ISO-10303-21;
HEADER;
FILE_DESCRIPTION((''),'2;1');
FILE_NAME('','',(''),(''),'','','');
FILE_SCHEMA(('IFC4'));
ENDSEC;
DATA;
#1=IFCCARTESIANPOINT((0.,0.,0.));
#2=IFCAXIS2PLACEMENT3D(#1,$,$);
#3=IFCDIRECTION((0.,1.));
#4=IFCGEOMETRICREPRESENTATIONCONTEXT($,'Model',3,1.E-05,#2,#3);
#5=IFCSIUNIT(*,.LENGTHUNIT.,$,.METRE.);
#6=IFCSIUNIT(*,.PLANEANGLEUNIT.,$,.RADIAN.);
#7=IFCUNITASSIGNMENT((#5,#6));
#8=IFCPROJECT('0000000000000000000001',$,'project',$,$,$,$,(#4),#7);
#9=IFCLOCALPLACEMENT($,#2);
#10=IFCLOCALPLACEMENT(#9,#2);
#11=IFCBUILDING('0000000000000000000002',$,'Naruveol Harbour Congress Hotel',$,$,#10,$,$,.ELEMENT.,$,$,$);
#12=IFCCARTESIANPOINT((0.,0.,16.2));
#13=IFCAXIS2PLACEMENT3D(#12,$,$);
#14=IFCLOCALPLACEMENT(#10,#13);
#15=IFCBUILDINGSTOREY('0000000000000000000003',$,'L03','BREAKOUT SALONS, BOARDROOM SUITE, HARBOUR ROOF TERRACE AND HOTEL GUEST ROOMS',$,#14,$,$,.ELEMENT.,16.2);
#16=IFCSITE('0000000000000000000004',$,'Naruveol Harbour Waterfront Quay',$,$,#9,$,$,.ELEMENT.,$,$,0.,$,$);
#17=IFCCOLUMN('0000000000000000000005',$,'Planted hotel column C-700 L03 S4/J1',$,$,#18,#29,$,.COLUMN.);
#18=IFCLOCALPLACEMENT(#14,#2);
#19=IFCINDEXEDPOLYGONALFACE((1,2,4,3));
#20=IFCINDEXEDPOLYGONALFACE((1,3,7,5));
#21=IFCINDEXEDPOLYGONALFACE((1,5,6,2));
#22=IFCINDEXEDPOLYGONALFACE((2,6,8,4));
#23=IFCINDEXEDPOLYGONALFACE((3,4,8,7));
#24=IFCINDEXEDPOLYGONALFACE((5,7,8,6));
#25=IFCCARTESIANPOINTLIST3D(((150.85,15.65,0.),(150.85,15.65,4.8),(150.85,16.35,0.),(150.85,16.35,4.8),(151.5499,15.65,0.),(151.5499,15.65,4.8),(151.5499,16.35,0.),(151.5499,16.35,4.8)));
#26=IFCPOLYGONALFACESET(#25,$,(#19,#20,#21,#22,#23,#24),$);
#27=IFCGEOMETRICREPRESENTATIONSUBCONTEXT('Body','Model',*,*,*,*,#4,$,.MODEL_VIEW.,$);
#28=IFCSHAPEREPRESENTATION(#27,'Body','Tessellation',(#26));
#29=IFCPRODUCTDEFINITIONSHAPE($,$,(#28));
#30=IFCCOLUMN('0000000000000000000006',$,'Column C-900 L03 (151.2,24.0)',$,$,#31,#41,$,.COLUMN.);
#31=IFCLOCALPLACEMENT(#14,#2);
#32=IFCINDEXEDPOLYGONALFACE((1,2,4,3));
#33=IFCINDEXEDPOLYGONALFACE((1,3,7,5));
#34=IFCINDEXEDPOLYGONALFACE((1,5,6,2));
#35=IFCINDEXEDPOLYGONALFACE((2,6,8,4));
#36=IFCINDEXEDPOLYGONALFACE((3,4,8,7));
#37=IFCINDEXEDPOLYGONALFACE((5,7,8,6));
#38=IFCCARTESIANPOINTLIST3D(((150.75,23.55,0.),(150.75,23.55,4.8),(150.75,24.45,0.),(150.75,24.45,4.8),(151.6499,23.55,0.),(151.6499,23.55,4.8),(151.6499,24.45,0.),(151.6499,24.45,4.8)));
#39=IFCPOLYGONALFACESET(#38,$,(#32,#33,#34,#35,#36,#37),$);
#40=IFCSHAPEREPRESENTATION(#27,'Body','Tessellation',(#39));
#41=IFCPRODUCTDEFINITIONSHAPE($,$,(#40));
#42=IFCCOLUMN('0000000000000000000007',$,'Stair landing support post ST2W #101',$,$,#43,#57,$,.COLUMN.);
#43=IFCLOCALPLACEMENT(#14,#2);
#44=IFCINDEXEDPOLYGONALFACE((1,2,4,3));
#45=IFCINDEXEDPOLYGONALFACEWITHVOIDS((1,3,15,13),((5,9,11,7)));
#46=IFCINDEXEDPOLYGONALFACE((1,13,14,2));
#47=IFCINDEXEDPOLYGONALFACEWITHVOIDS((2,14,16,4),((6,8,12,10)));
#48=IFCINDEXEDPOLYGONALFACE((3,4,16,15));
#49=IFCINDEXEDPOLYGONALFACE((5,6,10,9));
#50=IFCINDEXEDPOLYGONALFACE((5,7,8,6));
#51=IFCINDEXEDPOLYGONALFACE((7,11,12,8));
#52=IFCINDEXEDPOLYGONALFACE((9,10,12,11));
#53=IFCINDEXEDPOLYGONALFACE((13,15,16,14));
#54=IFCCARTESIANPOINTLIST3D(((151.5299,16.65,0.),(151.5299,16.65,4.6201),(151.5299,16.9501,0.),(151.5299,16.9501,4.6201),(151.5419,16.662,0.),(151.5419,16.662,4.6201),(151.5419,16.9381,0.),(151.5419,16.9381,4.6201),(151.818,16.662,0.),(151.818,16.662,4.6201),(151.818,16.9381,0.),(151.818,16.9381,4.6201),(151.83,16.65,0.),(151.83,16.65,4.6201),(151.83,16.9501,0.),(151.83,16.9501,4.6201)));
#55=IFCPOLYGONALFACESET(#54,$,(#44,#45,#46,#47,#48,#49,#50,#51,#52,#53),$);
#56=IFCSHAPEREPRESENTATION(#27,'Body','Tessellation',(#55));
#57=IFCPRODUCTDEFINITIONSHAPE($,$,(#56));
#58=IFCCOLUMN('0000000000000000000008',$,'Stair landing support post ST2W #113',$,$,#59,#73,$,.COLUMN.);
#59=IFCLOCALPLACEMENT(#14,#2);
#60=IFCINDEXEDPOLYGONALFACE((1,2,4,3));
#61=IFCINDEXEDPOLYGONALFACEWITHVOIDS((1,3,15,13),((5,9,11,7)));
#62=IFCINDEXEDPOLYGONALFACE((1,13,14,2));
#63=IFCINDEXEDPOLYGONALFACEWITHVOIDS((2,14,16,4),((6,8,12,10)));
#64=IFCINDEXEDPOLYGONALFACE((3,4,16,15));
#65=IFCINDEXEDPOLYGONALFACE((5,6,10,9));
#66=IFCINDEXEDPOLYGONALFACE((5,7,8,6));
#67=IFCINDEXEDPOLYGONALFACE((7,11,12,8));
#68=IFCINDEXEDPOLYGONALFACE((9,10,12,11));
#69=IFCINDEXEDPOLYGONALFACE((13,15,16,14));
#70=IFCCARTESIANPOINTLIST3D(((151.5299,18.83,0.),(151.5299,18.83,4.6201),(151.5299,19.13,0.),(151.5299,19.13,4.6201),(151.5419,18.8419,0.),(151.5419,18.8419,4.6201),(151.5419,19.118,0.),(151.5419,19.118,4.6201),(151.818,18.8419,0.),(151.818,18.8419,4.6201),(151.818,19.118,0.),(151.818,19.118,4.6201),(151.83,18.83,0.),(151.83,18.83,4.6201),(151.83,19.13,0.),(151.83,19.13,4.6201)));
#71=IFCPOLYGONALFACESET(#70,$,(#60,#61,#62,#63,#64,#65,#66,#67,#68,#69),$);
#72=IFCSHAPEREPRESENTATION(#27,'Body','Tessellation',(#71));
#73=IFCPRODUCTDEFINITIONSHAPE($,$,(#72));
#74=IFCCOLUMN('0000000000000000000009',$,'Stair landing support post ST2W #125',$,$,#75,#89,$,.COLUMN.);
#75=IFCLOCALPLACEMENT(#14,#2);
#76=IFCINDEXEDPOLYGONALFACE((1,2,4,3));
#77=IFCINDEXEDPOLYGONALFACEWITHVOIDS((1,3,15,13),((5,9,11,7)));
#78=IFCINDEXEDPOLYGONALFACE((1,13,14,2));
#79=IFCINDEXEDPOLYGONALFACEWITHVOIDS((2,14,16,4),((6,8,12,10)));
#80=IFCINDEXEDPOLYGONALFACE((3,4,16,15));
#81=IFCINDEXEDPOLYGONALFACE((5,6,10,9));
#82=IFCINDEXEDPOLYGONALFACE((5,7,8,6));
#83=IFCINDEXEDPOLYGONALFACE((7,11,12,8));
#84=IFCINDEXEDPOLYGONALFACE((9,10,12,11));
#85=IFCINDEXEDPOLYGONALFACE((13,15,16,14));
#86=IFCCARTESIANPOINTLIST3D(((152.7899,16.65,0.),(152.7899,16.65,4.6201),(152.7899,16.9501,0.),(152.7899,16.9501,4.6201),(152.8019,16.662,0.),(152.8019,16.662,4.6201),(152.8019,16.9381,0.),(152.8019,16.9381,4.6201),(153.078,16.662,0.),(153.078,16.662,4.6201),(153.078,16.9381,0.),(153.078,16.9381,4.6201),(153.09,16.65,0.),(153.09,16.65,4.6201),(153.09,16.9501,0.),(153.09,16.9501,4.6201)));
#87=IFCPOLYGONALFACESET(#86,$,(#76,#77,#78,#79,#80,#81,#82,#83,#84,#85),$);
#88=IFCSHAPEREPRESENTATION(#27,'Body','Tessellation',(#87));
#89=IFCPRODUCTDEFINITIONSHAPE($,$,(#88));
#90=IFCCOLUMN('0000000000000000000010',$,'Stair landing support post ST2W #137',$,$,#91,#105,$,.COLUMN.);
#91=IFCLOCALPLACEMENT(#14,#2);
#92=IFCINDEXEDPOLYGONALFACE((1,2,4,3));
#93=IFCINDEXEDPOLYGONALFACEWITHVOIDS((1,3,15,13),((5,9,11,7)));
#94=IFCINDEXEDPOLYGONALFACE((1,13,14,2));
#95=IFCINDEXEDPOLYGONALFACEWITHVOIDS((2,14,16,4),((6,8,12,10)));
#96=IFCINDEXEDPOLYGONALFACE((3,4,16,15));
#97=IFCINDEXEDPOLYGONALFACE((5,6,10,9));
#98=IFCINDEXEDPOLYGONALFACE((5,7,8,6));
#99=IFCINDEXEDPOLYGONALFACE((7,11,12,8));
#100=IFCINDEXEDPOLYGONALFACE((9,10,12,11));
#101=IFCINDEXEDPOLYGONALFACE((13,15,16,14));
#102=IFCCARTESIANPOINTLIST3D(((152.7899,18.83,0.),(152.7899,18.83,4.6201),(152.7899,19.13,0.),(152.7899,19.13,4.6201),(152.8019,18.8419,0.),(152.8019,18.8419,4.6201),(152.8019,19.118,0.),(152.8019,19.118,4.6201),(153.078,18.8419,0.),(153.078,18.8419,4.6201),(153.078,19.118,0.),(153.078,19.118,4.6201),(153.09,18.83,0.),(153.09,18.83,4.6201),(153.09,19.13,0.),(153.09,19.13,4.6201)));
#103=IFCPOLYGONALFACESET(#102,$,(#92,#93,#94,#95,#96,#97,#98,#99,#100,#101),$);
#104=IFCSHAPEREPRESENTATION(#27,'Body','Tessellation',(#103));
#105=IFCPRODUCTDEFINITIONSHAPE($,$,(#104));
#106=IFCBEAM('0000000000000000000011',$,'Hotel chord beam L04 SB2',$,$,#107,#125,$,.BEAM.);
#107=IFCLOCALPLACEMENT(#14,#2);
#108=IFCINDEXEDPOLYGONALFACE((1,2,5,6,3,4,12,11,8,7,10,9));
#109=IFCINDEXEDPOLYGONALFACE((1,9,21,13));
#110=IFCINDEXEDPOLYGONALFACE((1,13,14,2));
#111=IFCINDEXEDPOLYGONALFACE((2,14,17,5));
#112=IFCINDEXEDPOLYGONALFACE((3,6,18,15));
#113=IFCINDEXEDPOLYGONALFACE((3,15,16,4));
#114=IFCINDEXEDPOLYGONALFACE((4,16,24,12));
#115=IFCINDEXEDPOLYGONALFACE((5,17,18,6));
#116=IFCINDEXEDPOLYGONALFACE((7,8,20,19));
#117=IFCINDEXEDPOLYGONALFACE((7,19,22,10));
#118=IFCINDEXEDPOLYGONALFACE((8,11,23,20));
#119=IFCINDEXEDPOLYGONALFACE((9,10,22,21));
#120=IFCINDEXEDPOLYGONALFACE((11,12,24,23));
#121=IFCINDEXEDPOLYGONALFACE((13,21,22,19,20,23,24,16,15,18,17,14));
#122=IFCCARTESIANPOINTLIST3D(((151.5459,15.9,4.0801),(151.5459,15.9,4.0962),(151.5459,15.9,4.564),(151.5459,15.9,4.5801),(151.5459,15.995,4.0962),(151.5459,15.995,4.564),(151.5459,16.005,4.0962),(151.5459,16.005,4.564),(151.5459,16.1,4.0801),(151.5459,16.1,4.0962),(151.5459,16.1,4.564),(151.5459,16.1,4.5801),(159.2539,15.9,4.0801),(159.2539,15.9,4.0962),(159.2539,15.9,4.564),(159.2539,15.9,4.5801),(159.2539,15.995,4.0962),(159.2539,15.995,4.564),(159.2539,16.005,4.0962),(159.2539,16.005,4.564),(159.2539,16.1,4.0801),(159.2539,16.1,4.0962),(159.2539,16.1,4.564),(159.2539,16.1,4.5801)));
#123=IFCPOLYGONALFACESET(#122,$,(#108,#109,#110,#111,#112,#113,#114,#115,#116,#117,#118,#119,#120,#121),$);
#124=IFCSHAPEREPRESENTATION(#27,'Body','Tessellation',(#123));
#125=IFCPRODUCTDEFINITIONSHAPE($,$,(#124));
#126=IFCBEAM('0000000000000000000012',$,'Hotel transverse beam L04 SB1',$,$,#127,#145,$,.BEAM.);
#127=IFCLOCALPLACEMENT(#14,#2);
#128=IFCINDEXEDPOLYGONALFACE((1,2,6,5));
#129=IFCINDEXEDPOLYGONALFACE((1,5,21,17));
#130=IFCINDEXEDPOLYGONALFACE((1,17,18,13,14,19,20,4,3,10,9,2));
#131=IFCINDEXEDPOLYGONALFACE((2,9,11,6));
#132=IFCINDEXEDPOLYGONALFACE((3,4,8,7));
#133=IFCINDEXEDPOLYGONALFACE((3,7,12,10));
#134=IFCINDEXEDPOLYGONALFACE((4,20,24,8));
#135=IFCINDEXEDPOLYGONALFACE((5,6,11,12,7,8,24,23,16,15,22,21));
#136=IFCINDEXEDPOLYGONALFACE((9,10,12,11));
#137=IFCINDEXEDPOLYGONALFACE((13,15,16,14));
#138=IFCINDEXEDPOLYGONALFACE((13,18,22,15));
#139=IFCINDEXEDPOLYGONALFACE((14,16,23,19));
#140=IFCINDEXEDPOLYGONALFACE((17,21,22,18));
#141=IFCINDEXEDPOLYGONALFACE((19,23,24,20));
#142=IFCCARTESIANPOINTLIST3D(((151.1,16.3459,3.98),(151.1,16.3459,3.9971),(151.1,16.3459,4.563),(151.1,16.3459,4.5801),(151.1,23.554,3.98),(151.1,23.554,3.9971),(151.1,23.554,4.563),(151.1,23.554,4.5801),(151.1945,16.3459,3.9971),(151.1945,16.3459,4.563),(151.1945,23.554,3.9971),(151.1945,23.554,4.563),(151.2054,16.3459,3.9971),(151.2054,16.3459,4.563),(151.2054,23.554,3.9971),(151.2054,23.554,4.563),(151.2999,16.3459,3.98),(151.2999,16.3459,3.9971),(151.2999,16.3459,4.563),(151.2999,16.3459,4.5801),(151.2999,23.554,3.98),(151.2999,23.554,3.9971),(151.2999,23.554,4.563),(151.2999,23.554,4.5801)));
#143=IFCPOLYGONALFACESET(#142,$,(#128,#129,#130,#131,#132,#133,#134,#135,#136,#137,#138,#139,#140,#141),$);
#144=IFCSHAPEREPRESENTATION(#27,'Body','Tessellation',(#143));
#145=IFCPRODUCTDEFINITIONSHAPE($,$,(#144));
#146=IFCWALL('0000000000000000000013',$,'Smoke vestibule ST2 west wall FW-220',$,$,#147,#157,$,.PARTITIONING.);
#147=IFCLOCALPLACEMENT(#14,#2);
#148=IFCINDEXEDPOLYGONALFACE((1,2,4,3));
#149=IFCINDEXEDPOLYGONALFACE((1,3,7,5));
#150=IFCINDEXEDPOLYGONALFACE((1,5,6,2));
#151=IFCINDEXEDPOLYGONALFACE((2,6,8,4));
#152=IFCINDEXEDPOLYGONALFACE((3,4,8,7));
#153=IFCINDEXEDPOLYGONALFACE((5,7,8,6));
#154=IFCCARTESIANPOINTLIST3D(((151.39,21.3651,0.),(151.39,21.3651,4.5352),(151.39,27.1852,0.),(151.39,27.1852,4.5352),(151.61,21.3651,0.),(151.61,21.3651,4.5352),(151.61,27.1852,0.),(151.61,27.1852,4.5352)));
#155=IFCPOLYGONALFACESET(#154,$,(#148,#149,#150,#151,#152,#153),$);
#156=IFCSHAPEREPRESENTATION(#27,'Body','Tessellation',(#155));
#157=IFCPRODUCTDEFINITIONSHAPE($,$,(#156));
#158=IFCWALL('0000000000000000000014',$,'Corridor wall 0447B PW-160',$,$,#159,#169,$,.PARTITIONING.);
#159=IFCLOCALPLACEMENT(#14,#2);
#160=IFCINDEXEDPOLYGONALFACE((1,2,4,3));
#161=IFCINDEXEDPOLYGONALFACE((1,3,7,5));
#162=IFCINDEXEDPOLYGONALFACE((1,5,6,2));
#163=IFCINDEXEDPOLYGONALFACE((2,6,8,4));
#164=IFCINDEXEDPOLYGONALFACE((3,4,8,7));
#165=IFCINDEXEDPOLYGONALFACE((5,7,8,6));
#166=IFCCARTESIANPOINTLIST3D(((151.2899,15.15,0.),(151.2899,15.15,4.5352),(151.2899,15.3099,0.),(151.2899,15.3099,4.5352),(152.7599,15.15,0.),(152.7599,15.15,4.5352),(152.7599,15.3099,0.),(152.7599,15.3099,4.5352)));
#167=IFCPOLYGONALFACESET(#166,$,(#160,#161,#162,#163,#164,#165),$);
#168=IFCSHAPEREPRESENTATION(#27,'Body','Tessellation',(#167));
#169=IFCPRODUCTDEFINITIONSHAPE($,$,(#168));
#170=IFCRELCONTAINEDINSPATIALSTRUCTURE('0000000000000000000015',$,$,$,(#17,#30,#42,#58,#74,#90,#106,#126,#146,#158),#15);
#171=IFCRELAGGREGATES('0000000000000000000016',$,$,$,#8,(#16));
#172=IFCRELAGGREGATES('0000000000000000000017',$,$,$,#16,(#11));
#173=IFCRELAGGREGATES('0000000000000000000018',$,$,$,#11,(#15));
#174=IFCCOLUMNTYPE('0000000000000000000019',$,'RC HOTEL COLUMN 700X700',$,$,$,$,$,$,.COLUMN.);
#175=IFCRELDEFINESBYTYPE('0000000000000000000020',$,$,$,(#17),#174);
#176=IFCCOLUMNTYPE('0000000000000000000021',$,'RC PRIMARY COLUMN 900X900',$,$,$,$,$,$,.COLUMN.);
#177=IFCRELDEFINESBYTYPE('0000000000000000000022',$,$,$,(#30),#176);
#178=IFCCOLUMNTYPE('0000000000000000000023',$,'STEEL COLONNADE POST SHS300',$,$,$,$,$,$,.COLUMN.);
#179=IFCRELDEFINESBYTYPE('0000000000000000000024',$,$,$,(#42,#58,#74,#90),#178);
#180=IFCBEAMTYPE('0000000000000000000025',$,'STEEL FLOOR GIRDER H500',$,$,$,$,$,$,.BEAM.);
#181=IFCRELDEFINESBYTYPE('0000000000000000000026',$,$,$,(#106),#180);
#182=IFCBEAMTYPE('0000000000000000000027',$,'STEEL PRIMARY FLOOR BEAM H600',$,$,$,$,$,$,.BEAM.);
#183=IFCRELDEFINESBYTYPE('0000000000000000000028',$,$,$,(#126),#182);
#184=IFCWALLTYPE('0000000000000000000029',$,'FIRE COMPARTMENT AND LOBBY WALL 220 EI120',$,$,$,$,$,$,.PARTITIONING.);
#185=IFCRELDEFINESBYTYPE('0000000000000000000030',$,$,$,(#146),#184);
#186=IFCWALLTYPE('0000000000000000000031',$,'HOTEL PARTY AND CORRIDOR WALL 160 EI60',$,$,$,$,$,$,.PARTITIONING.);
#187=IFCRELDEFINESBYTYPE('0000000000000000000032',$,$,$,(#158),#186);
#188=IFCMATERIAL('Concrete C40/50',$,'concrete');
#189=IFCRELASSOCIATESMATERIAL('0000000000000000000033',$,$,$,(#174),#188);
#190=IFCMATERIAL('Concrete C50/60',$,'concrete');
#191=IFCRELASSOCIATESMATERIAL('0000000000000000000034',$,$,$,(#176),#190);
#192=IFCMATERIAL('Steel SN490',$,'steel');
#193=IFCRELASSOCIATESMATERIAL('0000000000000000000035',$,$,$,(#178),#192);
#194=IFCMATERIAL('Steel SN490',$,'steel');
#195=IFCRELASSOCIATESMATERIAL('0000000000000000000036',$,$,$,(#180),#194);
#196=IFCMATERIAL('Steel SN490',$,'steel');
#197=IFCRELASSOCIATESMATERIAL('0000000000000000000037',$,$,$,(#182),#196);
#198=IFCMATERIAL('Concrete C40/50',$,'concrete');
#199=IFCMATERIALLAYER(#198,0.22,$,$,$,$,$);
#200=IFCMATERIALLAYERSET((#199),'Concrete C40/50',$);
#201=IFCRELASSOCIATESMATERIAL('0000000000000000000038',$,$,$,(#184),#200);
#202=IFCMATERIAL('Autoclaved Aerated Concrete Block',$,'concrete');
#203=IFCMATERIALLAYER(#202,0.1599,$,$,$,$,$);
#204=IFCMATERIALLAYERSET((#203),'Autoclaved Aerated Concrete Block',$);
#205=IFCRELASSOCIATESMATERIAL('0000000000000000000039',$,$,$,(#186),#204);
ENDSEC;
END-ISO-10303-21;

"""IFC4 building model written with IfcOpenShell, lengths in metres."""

from ifc_helpers import new_model, si_unit, direction, frame, frame_2d, origin, origin_2d, place, context, subcontext, project, spatial, rectangle, hollow_rectangle, i_section, extrude, material, layer, layer_set, material_profile, profile_set, type_object, element, save


model = new_model("IFC4")

# Units and contexts
model_context = context("Model", 3, precision=1e-05, world=origin(), true_north=direction((0.0, 1.0)))
body_context = subcontext(model_context, "Body", "Model", "MODEL_VIEW")
ifc_project = project(units=[si_unit("LENGTHUNIT", "METRE"), si_unit("PLANEANGLEUNIT", "RADIAN")], contexts=[model_context])

# Site, building, storey
site_placement = place(None, origin())
site = spatial("IfcSite", under=ifc_project, at=site_placement, Name="Naruveol Harbour Waterfront Quay", CompositionType="ELEMENT", RefElevation=0.0)
building_placement = place(site_placement, origin())
building = spatial("IfcBuilding", under=site, at=building_placement, Name="Naruveol Harbour Congress Hotel", CompositionType="ELEMENT")
storey_placement = place(building_placement, frame((0.0, 0.0, 16.2)))
storey = spatial("IfcBuildingStorey", under=building, at=storey_placement, Name="L03", Description="BREAKOUT SALONS, BOARDROOM SUITE, HARBOUR ROOF TERRACE AND HOTEL GUEST ROOMS", CompositionType="ELEMENT", Elevation=16.2)

# Columns
ifc_material_1 = material(Name="Concrete C40/50", Category="concrete")
ifc_material_profile_1 = material_profile(ifc_material_1, rectangle(XDim=0.7, YDim=0.7, at=origin_2d()), Name="RC-700x700")
ifc_profile_set_1 = profile_set([ifc_material_profile_1], Name="Concrete C40/50")
column_type_1 = type_object("IfcColumnType", Name="RC HOTEL COLUMN 700X700", PredefinedType="COLUMN", material=ifc_profile_set_1)
column_1_placement = place(storey_placement, frame((151.2, 16.0, 0.0), z_axis=(0.0, 0.0, 1.0), x_axis=(1.0, 0.0, 0.0)))
element("IfcColumn", 1, at=column_1_placement, inside=storey, type_object=column_type_1, Name="Planted hotel column C-700 L03 S4/J1", PredefinedType="COLUMN", context=body_context, shape_type="SweptSolid", body=[
    extrude(rectangle(XDim=0.7, YDim=0.7, at=origin_2d()), origin(), (0.0, 0.0, 1.0), 4.8),
])
ifc_material_2 = material(Name="Concrete C50/60", Category="concrete")
ifc_material_profile_2 = material_profile(ifc_material_2, rectangle(XDim=0.8999, YDim=0.8999, at=origin_2d()), Name="RC-900x900")
ifc_profile_set_2 = profile_set([ifc_material_profile_2], Name="Concrete C50/60")
column_type_2 = type_object("IfcColumnType", Name="RC PRIMARY COLUMN 900X900", PredefinedType="COLUMN", material=ifc_profile_set_2)
column_2_placement = place(storey_placement, frame((151.2, 24.0, 0.0), z_axis=(0.0, 0.0, 1.0), x_axis=(1.0, 0.0, 0.0)))
element("IfcColumn", 2, at=column_2_placement, inside=storey, type_object=column_type_2, Name="Column C-900 L03 (151.2,24.0)", PredefinedType="COLUMN", context=body_context, shape_type="SweptSolid", body=[
    extrude(rectangle(XDim=0.8999, YDim=0.8999, at=origin_2d()), origin(), (0.0, 0.0, 1.0), 4.8),
])
ifc_material_3 = material(Name="Steel SN490", Category="steel")
ifc_material_profile_3 = material_profile(ifc_material_3, hollow_rectangle(XDim=0.3, YDim=0.3, WallThickness=0.012, at=origin_2d()), Name="SHS-300x300x12")
ifc_profile_set_3 = profile_set([ifc_material_profile_3], Name="Steel SN490")
column_type_3 = type_object("IfcColumnType", Name="STEEL COLONNADE POST SHS300", PredefinedType="COLUMN", material=ifc_profile_set_3)
for number, where, z_axis, x_axis, name in (
    (3, (151.6799, 16.8, 0.0), (0.0, 0.0, 1.0), (1.0, 0.0, 0.0), "Stair landing support post ST2W #101"),
    (4, (151.6799, 18.98, 0.0), (0.0, 0.0, 1.0), (1.0, 0.0, 0.0), "Stair landing support post ST2W #113"),
    (5, (152.9399, 16.8, 0.0), (0.0, 0.0, 1.0), (1.0, 0.0, 0.0), "Stair landing support post ST2W #125"),
    (6, (152.9399, 18.98, 0.0), (0.0, 0.0, 1.0), (1.0, 0.0, 0.0), "Stair landing support post ST2W #137"),
):
    element("IfcColumn", number, at=place(storey_placement, frame(where, z_axis=z_axis, x_axis=x_axis)), inside=storey, type_object=column_type_3, Name=name, PredefinedType="COLUMN", context=body_context, shape_type="SweptSolid", body=[
        extrude(hollow_rectangle(XDim=0.3, YDim=0.3, WallThickness=0.012, at=origin_2d()), origin(), (0.0, 0.0, 1.0), 4.6201),
    ])

# Beams
ifc_material_4 = material(Name="Steel SN490", Category="steel")
ifc_material_profile_4 = material_profile(ifc_material_4, i_section(OverallWidth=0.2, OverallDepth=0.5, WebThickness=0.01, FlangeThickness=0.0161, at=origin_2d()), Name="H-500x200x10x16")
ifc_profile_set_4 = profile_set([ifc_material_profile_4], Name="Steel SN490")
beam_type_1 = type_object("IfcBeamType", Name="STEEL FLOOR GIRDER H500", PredefinedType="BEAM", material=ifc_profile_set_4)
beam_1_placement = place(storey_placement, frame((151.5459, 16.0, 4.3301), z_axis=(1.0, 0.0, 0.0), x_axis=(0.0, 1.0, 0.0)))
element("IfcBeam", 7, at=beam_1_placement, inside=storey, type_object=beam_type_1, Name="Hotel chord beam L04 SB2", PredefinedType="BEAM", context=body_context, shape_type="SweptSolid", body=[
    extrude(i_section(OverallWidth=0.2, OverallDepth=0.5, WebThickness=0.01, FlangeThickness=0.0161, at=origin_2d()), origin(), (0.0, 0.0, 1.0), 7.708),
])
ifc_material_5 = material(Name="Steel SN490", Category="steel")
ifc_material_profile_5 = material_profile(ifc_material_5, i_section(OverallWidth=0.2, OverallDepth=0.6001, WebThickness=0.011, FlangeThickness=0.0171, at=origin_2d()), Name="H-600x200x11x17")
ifc_profile_set_5 = profile_set([ifc_material_profile_5], Name="Steel SN490")
beam_type_2 = type_object("IfcBeamType", Name="STEEL PRIMARY FLOOR BEAM H600", PredefinedType="BEAM", material=ifc_profile_set_5)
beam_2_placement = place(storey_placement, frame((151.2, 16.3459, 4.28), z_axis=(0.0, 1.0, 0.0), x_axis=(-1.0, 0.0, 0.0)))
element("IfcBeam", 8, at=beam_2_placement, inside=storey, type_object=beam_type_2, Name="Hotel transverse beam L04 SB1", PredefinedType="BEAM", context=body_context, shape_type="SweptSolid", body=[
    extrude(i_section(OverallWidth=0.2, OverallDepth=0.6001, WebThickness=0.011, FlangeThickness=0.0171, at=origin_2d()), origin(), (0.0, 0.0, 1.0), 7.208),
])

# Walls
ifc_material_6 = material(Name="Concrete C40/50", Category="concrete")
ifc_layer_1 = layer(ifc_material_6, 0.22)
ifc_layer_set_1 = layer_set([ifc_layer_1], Name="Concrete C40/50")
wall_type_1 = type_object("IfcWallType", Name="FIRE COMPARTMENT AND LOBBY WALL 220 EI120", PredefinedType="PARTITIONING", material=ifc_layer_set_1)
wall_1_placement = place(storey_placement, frame((151.5, 21.365, 0.0), z_axis=(0.0, 0.0, 1.0), x_axis=(0.0, 1.0, 0.0)))
element("IfcWall", 9, at=wall_1_placement, inside=storey, type_object=wall_type_1, Name="Smoke vestibule ST2 west wall FW-220", PredefinedType="PARTITIONING", context=body_context, shape_type="SweptSolid", body=[
    extrude(rectangle(XDim=5.8201, YDim=0.22, at=frame_2d((2.9102, 0.0))), origin(), (0.0, 0.0, 1.0), 4.5352),
])
ifc_material_7 = material(Name="Autoclaved Aerated Concrete Block", Category="concrete")
ifc_layer_2 = layer(ifc_material_7, 0.1599)
ifc_layer_set_2 = layer_set([ifc_layer_2], Name="Autoclaved Aerated Concrete Block")
wall_type_2 = type_object("IfcWallType", Name="HOTEL PARTY AND CORRIDOR WALL 160 EI60", PredefinedType="PARTITIONING", material=ifc_layer_set_2)
wall_2_placement = place(storey_placement, frame((151.29, 15.23, 0.0), z_axis=(0.0, 0.0, 1.0), x_axis=(1.0, 0.0, 0.0)))
element("IfcWall", 10, at=wall_2_placement, inside=storey, type_object=wall_type_2, Name="Corridor wall 0447B PW-160", PredefinedType="PARTITIONING", context=body_context, shape_type="SweptSolid", body=[
    extrude(rectangle(XDim=1.47, YDim=0.1599, at=frame_2d((0.7349, 0.0))), origin(), (0.0, 0.0, 1.0), 4.5352),
])

save(model, "model.ifc")
